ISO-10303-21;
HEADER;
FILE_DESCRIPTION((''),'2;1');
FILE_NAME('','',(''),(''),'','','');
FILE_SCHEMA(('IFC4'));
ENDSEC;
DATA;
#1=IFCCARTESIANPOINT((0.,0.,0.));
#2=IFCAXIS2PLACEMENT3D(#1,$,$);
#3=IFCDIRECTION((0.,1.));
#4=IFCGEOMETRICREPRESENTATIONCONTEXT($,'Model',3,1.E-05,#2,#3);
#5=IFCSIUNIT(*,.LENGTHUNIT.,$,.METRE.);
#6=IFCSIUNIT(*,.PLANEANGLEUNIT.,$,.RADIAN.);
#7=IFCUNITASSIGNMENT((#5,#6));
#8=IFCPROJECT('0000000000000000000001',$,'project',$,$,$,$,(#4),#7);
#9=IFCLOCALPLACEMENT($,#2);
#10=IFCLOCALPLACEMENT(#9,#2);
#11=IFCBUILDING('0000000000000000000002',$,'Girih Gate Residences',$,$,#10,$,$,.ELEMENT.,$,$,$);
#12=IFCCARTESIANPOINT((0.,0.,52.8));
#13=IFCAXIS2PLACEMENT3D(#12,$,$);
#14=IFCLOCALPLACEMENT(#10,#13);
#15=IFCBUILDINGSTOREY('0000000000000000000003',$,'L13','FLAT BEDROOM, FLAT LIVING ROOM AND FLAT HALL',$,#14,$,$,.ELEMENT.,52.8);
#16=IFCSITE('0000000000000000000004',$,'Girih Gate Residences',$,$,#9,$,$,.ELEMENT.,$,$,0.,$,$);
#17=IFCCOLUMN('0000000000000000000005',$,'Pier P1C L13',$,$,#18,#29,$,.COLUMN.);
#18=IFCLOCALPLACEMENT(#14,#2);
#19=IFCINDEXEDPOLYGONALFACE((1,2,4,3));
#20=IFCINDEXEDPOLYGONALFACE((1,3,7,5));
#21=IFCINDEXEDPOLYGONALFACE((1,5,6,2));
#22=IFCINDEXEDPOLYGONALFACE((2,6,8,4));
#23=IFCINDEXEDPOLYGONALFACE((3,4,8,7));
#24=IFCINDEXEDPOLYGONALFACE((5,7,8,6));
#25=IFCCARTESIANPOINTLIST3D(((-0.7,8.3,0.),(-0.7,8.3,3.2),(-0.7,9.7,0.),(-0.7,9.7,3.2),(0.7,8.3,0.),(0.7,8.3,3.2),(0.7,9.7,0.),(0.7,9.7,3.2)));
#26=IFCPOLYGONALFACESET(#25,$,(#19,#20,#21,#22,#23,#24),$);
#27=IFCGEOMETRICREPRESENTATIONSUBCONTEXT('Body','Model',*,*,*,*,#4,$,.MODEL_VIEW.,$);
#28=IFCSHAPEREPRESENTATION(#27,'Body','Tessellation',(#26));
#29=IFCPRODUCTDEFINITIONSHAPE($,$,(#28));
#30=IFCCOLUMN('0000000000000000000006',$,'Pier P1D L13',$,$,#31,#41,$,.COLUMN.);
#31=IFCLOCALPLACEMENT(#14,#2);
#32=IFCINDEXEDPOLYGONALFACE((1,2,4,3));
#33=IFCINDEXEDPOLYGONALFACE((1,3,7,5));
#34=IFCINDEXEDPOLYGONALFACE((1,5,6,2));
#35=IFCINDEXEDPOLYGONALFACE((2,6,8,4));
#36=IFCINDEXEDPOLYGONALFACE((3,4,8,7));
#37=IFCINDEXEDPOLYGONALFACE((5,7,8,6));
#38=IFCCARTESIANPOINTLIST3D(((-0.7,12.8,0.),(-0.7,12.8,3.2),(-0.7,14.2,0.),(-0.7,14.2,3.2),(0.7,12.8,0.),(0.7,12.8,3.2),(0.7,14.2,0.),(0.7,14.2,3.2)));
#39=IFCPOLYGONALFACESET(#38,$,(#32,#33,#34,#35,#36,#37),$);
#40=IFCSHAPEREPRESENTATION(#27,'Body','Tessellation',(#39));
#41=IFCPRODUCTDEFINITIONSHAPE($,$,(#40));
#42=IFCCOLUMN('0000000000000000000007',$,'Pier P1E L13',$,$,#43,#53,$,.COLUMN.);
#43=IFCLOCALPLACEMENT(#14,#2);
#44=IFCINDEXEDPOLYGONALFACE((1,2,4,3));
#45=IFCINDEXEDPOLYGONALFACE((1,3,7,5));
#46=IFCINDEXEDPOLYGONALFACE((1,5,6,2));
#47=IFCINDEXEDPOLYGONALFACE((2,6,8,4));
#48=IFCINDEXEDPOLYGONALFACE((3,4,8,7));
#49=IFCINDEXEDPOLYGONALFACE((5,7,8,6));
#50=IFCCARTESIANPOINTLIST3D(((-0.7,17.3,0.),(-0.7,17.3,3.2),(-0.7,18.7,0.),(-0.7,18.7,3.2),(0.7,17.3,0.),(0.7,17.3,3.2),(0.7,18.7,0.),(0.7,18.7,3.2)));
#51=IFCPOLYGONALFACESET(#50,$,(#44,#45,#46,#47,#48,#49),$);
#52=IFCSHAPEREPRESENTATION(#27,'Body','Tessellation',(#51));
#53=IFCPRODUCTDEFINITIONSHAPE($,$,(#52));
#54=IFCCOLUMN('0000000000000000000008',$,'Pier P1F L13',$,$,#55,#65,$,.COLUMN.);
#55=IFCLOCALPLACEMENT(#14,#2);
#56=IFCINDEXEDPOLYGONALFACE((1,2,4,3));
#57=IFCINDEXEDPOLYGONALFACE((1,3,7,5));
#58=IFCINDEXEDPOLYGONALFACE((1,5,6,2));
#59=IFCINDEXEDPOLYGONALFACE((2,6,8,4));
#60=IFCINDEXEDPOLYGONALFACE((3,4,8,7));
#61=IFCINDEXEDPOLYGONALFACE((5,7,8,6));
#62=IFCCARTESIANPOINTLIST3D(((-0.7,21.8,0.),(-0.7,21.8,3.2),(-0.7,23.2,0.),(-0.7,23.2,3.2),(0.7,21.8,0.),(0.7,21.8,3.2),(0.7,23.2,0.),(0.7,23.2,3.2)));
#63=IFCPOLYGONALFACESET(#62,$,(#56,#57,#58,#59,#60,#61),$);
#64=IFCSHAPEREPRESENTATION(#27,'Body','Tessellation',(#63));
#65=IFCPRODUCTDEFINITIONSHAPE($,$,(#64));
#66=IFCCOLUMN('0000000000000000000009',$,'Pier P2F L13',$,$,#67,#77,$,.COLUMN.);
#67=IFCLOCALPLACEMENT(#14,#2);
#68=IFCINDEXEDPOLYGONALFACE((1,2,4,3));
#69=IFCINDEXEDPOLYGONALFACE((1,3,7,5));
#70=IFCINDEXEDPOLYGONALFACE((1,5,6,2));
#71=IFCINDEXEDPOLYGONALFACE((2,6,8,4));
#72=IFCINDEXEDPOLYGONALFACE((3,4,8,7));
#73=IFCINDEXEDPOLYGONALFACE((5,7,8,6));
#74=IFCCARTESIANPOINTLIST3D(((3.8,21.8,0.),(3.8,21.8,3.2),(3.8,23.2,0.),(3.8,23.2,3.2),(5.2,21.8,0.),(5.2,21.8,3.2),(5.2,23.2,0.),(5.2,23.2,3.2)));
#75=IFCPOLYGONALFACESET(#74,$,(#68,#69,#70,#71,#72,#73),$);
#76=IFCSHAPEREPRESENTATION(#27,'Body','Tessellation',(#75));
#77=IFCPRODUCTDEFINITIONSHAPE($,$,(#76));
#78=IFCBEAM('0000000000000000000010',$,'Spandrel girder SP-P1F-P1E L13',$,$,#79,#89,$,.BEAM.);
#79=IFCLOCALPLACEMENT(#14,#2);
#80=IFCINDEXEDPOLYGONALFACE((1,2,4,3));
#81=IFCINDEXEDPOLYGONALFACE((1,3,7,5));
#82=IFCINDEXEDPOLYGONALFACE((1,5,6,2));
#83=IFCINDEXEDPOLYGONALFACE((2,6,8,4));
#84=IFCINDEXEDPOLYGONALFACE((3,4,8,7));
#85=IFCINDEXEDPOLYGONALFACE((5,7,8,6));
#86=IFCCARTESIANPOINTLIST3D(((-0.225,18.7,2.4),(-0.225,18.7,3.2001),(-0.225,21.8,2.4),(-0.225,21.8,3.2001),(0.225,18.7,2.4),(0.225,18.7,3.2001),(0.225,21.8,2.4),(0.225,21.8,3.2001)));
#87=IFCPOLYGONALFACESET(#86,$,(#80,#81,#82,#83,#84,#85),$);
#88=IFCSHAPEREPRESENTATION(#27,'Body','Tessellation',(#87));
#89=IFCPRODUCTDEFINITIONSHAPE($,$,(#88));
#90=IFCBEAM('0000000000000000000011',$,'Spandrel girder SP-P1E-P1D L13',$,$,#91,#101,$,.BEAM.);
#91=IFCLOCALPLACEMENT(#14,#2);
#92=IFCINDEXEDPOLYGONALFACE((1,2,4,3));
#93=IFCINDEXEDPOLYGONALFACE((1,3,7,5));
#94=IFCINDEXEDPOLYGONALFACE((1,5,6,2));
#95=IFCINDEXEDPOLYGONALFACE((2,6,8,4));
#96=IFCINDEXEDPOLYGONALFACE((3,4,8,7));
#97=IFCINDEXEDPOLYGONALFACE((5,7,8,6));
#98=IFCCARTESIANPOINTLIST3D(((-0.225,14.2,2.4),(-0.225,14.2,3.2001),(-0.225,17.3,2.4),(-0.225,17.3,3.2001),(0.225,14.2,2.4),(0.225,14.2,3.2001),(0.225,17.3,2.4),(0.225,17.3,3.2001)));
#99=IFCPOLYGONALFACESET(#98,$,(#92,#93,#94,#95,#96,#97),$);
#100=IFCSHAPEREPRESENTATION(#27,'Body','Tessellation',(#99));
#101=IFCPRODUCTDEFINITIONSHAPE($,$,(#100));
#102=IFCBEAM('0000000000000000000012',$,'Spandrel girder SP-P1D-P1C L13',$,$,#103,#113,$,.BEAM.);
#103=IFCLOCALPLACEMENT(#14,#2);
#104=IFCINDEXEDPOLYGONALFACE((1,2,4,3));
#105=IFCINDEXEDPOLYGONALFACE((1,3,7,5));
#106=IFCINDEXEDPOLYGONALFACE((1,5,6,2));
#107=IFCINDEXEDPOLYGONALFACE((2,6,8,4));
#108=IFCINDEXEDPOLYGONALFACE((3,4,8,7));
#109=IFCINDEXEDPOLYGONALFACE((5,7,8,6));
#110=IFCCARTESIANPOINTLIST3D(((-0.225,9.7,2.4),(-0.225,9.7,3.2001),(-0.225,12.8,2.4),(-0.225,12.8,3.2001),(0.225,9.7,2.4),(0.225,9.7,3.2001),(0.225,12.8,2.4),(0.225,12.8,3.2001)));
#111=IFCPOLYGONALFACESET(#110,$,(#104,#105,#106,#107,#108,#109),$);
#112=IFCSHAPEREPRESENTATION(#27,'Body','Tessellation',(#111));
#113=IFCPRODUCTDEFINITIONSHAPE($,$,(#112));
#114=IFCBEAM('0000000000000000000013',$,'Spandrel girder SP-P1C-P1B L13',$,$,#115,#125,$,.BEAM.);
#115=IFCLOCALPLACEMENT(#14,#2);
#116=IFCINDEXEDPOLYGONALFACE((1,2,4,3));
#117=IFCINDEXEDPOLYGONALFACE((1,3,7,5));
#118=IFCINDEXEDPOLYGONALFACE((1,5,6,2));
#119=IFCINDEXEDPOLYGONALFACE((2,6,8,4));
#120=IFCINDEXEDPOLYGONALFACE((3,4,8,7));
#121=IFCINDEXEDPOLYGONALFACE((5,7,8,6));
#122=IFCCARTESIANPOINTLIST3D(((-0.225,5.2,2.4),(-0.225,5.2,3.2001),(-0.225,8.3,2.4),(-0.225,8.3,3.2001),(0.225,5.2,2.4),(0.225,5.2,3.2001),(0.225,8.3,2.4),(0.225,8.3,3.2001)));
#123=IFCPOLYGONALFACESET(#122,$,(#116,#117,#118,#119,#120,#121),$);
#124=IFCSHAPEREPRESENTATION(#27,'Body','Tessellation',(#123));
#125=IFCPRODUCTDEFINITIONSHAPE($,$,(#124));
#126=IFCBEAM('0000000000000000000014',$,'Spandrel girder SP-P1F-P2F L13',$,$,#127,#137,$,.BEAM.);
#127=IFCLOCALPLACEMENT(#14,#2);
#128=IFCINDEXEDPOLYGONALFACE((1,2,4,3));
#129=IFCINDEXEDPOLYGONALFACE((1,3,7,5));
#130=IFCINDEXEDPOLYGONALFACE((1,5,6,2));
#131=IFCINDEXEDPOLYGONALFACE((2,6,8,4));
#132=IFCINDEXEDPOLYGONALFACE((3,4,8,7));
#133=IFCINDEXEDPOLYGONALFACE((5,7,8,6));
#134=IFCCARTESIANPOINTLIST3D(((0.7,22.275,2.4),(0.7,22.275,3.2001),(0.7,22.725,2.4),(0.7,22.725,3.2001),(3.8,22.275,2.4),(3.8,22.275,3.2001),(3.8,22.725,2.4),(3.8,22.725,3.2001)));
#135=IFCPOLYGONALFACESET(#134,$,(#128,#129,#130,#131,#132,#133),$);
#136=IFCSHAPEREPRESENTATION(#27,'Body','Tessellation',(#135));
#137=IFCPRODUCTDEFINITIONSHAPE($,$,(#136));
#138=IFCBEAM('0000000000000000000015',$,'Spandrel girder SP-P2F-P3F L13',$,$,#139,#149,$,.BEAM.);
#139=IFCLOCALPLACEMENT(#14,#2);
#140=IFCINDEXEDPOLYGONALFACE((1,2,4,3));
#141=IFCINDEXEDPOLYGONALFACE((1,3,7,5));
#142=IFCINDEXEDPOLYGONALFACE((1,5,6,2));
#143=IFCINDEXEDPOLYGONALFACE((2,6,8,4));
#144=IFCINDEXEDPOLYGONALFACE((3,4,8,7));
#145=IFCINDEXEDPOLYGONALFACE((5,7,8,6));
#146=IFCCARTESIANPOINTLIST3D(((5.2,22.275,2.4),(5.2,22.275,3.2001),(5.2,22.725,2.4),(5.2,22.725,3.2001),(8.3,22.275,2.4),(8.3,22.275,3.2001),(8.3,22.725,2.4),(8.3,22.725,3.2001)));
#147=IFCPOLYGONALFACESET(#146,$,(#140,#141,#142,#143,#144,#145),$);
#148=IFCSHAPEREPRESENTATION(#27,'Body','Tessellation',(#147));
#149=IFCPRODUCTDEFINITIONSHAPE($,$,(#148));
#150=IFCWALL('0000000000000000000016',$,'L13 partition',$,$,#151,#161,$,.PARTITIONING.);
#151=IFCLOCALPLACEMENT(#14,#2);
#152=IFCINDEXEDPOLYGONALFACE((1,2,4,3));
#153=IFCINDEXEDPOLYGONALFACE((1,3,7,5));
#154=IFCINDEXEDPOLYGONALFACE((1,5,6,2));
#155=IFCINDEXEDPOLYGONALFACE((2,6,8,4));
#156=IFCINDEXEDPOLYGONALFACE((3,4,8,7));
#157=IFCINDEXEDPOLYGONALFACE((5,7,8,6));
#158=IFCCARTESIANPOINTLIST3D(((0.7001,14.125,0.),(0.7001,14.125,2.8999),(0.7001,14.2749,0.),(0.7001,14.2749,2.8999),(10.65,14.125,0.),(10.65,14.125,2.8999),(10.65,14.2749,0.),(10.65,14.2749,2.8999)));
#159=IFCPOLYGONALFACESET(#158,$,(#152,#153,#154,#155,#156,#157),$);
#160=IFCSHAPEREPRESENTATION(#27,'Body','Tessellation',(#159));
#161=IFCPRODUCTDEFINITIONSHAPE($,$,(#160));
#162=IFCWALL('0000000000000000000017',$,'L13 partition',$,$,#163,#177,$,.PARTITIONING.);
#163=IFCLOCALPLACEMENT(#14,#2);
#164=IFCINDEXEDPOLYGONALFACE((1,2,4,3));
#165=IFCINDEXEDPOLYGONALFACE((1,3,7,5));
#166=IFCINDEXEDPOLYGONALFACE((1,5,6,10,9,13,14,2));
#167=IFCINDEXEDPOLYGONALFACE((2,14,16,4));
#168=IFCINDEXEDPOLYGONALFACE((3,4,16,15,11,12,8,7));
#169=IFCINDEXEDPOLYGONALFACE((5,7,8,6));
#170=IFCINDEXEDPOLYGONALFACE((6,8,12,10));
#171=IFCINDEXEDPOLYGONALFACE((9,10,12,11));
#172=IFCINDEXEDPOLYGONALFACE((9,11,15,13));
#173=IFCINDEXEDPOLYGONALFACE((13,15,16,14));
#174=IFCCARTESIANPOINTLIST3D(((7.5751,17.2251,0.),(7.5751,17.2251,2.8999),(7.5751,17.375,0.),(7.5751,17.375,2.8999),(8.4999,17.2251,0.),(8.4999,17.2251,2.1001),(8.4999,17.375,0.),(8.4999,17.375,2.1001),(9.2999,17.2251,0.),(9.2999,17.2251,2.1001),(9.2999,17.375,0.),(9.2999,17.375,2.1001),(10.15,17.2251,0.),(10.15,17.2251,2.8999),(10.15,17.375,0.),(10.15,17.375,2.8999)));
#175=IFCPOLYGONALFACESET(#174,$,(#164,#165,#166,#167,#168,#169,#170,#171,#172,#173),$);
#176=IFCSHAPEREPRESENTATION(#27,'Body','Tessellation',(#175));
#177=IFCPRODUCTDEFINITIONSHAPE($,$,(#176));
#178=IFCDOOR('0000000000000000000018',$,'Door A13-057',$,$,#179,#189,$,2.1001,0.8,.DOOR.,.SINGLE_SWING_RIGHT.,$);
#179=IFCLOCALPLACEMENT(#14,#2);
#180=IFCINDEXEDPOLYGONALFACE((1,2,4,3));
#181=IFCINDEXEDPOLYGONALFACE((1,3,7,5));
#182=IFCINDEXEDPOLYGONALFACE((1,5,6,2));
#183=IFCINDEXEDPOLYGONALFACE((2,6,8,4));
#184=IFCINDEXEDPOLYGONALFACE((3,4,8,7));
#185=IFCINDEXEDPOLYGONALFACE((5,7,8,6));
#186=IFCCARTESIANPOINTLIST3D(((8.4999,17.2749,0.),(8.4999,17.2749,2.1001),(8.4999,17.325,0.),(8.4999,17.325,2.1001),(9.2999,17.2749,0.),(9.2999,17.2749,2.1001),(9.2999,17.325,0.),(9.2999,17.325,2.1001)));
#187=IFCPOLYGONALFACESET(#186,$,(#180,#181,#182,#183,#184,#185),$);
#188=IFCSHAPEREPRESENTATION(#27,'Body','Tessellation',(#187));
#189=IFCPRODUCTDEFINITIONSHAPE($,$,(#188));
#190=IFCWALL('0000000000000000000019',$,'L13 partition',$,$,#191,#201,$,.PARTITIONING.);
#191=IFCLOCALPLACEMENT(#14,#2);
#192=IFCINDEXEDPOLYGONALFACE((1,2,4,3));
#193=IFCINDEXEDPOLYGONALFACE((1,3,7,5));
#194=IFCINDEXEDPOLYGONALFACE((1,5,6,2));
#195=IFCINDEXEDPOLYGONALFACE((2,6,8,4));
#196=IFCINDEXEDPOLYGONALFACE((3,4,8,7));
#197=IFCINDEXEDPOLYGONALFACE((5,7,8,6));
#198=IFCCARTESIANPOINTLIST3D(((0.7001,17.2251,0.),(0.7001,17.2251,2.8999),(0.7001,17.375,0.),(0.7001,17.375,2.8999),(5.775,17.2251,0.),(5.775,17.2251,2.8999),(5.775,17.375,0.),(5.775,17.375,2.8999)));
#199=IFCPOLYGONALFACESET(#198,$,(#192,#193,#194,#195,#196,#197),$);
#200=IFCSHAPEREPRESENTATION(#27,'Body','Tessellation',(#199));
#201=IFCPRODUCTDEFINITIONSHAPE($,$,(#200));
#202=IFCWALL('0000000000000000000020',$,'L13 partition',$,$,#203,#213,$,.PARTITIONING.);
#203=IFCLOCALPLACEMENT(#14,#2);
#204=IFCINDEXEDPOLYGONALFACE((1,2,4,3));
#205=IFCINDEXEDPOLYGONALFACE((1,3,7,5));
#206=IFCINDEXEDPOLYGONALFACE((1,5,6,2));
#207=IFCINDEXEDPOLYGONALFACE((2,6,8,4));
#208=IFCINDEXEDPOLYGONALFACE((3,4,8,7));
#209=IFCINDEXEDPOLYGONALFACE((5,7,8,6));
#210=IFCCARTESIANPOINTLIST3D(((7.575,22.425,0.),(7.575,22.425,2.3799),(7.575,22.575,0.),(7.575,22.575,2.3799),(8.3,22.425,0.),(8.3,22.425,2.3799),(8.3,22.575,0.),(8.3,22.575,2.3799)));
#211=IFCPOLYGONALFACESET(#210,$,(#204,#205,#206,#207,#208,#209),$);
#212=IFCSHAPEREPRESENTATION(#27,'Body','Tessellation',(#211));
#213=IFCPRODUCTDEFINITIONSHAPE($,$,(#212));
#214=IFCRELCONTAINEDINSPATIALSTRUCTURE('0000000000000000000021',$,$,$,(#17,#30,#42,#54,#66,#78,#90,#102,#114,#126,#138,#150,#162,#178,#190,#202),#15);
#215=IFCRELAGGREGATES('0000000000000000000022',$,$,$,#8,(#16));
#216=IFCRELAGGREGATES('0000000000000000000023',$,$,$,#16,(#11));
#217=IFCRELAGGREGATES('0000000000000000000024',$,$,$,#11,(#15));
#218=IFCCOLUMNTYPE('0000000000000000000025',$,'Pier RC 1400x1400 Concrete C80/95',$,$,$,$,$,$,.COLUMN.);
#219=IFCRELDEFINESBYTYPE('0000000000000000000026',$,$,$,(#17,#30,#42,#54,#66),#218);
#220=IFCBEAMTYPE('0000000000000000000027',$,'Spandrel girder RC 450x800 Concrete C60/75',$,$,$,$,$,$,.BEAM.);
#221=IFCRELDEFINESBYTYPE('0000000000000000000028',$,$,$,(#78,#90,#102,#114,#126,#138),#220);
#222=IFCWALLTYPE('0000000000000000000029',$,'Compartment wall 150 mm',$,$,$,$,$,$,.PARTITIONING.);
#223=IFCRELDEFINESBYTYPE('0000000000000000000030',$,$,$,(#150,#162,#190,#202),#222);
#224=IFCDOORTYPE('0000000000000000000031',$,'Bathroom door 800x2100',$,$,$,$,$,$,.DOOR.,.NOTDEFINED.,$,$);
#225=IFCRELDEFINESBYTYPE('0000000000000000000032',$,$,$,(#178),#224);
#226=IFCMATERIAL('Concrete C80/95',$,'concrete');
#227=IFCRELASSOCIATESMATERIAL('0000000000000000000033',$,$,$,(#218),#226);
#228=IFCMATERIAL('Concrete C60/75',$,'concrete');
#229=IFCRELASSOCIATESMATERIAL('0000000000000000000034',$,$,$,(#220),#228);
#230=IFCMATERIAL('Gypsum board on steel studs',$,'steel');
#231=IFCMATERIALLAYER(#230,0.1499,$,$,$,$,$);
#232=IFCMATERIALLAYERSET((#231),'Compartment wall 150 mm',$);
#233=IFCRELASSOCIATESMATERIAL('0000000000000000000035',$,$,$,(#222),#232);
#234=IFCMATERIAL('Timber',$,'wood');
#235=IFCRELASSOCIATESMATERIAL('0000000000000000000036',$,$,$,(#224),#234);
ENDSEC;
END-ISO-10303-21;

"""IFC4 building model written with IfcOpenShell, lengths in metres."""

from ifc_helpers import new_model, si_unit, direction, frame, frame_2d, origin, origin_2d, place, context, subcontext, project, spatial, rectangle, extrude, material, layer, layer_set, material_profile, profile_set, type_object, element, fill, save


model = new_model("IFC4")

# Units and contexts
model_context = context("Model", 3, precision=1e-05, world=origin(), true_north=direction((0.0, 1.0)))
body_context = subcontext(model_context, "Body", "Model", "MODEL_VIEW")
ifc_project = project(units=[si_unit("LENGTHUNIT", "METRE"), si_unit("PLANEANGLEUNIT", "RADIAN")], contexts=[model_context])

# Site, building, storey
site_placement = place(None, origin())
site = spatial("IfcSite", under=ifc_project, at=site_placement, Name="Girih Gate Residences", CompositionType="ELEMENT", RefElevation=0.0)
building_placement = place(site_placement, origin())
building = spatial("IfcBuilding", under=site, at=building_placement, Name="Girih Gate Residences", CompositionType="ELEMENT")
storey_placement = place(building_placement, frame((0.0, 0.0, 52.8)))
storey = spatial("IfcBuildingStorey", under=building, at=storey_placement, Name="L13", Description="FLAT BEDROOM, FLAT LIVING ROOM AND FLAT HALL", CompositionType="ELEMENT", Elevation=52.8)

# Columns
ifc_material_1 = material(Name="Concrete C80/95", Category="concrete")
ifc_material_profile_1 = material_profile(ifc_material_1, rectangle(XDim=1.3999, YDim=1.3999, at=origin_2d()))
ifc_profile_set_1 = profile_set([ifc_material_profile_1], Name="Concrete C80/95")
column_type = type_object("IfcColumnType", Name="Pier RC 1400x1400 Concrete C80/95", PredefinedType="COLUMN", material=ifc_profile_set_1)
for number, where, z_axis, x_axis, name in (
    (1, (0.0, 9.0, 0.0), (0.0, 0.0, 1.0), (1.0, 0.0, 0.0), "Pier P1C L13"),
    (2, (0.0, 13.5, 0.0), (0.0, 0.0, 1.0), (1.0, 0.0, 0.0), "Pier P1D L13"),
    (3, (0.0, 18.0, 0.0), (0.0, 0.0, 1.0), (1.0, 0.0, 0.0), "Pier P1E L13"),
    (4, (0.0, 22.5, 0.0), (0.0, 0.0, 1.0), (1.0, 0.0, 0.0), "Pier P1F L13"),
    (5, (4.5, 22.5, 0.0), (0.0, 0.0, 1.0), (1.0, 0.0, 0.0), "Pier P2F L13"),
):
    element("IfcColumn", number, at=place(storey_placement, frame(where, z_axis=z_axis, x_axis=x_axis)), inside=storey, type_object=column_type, Name=name, PredefinedType="COLUMN", context=body_context, shape_type="SweptSolid", body=[
        extrude(rectangle(XDim=1.3999, YDim=1.3999, at=origin_2d()), origin(), (0.0, 0.0, 1.0), 3.2),
    ])

# Beams
ifc_material_2 = material(Name="Concrete C60/75", Category="concrete")
ifc_material_profile_2 = material_profile(ifc_material_2, rectangle(XDim=0.45, YDim=0.8, at=origin_2d()))
ifc_profile_set_2 = profile_set([ifc_material_profile_2], Name="Concrete C60/75")
beam_type = type_object("IfcBeamType", Name="Spandrel girder RC 450x800 Concrete C60/75", PredefinedType="BEAM", material=ifc_profile_set_2)
for number, where, z_axis, x_axis, name in (
    (6, (0.0, 21.8, 2.8), (0.0, -1.0, 0.0), (1.0, 0.0, 0.0), "Spandrel girder SP-P1F-P1E L13"),
    (7, (0.0, 17.3, 2.8), (0.0, -1.0, 0.0), (1.0, 0.0, 0.0), "Spandrel girder SP-P1E-P1D L13"),
    (8, (0.0, 12.8, 2.8), (0.0, -1.0, 0.0), (1.0, 0.0, 0.0), "Spandrel girder SP-P1D-P1C L13"),
    (9, (0.0, 8.3, 2.8), (0.0, -1.0, 0.0), (1.0, 0.0, 0.0), "Spandrel girder SP-P1C-P1B L13"),
    (10, (0.7, 22.5, 2.8), (1.0, 0.0, 0.0), (0.0, 1.0, 0.0), "Spandrel girder SP-P1F-P2F L13"),
    (11, (5.2, 22.5, 2.8), (1.0, 0.0, 0.0), (0.0, 1.0, 0.0), "Spandrel girder SP-P2F-P3F L13"),
):
    element("IfcBeam", number, at=place(storey_placement, frame(where, z_axis=z_axis, x_axis=x_axis)), inside=storey, type_object=beam_type, Name=name, PredefinedType="BEAM", context=body_context, shape_type="SweptSolid", body=[
        extrude(rectangle(XDim=0.45, YDim=0.8, at=origin_2d()), origin(), (0.0, 0.0, 1.0), 3.1001),
    ])

# Wall
ifc_material_3 = material(Name="Gypsum board on steel studs", Category="steel")
ifc_layer_1 = layer(ifc_material_3, 0.1499)
ifc_layer_set_1 = layer_set([ifc_layer_1], Name="Compartment wall 150 mm")
wall_type_1 = type_object("IfcWallType", Name="Compartment wall 150 mm", PredefinedType="PARTITIONING", material=ifc_layer_set_1)
wall_1_placement = place(storey_placement, frame((0.7, 14.2, 0.0), z_axis=(0.0, 0.0, 1.0), x_axis=(1.0, 0.0, 0.0)))
element("IfcWall", 12, at=wall_1_placement, inside=storey, type_object=wall_type_1, Name="L13 partition", PredefinedType="PARTITIONING", context=body_context, shape_type="SweptSolid", body=[
    extrude(rectangle(XDim=9.95, YDim=0.1499, at=frame_2d((4.9751, 0.0))), origin(), (0.0, 0.0, 1.0), 2.8999),
])

# Wall, opening, door
wall_2_placement = place(storey_placement, frame((7.575, 17.3, 0.0), z_axis=(0.0, 0.0, 1.0), x_axis=(1.0, 0.0, 0.0)))
wall_2 = element("IfcWall", 13, at=wall_2_placement, inside=storey, type_object=wall_type_1, Name="L13 partition", PredefinedType="PARTITIONING", context=body_context, shape_type="SweptSolid", body=[
    extrude(rectangle(XDim=2.575, YDim=0.1499, at=frame_2d((1.2876, 0.0))), origin(), (0.0, 0.0, 1.0), 2.8999),
])
opening_1_placement = place(wall_2_placement, frame((0.925, 0.0, 0.0)))
opening_1 = element("IfcOpeningElement", 14, at=opening_1_placement, cuts=wall_2, PredefinedType="OPENING", context=body_context, shape_type="SweptSolid", body=[
    extrude(rectangle(XDim=0.8, YDim=2.1001, at=frame_2d((0.3999, 1.05))), frame((0.0, 0.085, 0.0), z_axis=(0.0, -1.0, 0.0), x_axis=(1.0, 0.0, 0.0)), (0.0, 0.0, 1.0), 0.1699),
])
ifc_material_4 = material(Name="Timber", Category="wood")
door_type_1 = type_object("IfcDoorType", Name="Bathroom door 800x2100", OperationType="NOTDEFINED", PredefinedType="DOOR", material=ifc_material_4)
door_1_placement = place(opening_1_placement, origin())
door_1 = element("IfcDoor", 15, at=door_1_placement, inside=storey, type_object=door_type_1, Name="Door A13-057", OperationType="SINGLE_SWING_RIGHT", OverallHeight=2.1001, OverallWidth=0.8, PredefinedType="DOOR", context=body_context, shape_type="SweptSolid", body=[
    extrude(rectangle(XDim=0.8, YDim=2.1001, at=frame_2d((0.3999, 1.05))), frame((0.0, 0.0249, 0.0), z_axis=(0.0, -1.0, 0.0), x_axis=(1.0, 0.0, 0.0)), (0.0, 0.0, 1.0), 0.05),
])
fill(opening_1, door_1)

# Walls
wall_3_placement = place(storey_placement, frame((0.7, 17.3, 0.0), z_axis=(0.0, 0.0, 1.0), x_axis=(1.0, 0.0, 0.0)))
element("IfcWall", 16, at=wall_3_placement, inside=storey, type_object=wall_type_1, Name="L13 partition", PredefinedType="PARTITIONING", context=body_context, shape_type="SweptSolid", body=[
    extrude(rectangle(XDim=5.075, YDim=0.1499, at=frame_2d((2.5376, 0.0))), origin(), (0.0, 0.0, 1.0), 2.8999),
])
wall_4_placement = place(storey_placement, frame((7.575, 22.5, 0.0), z_axis=(0.0, 0.0, 1.0), x_axis=(1.0, 0.0, 0.0)))
element("IfcWall", 17, at=wall_4_placement, inside=storey, type_object=wall_type_1, Name="L13 partition", PredefinedType="PARTITIONING", context=body_context, shape_type="SweptSolid", body=[
    extrude(rectangle(XDim=0.7251, YDim=0.1499, at=frame_2d((0.3625, 0.0))), origin(), (0.0, 0.0, 1.0), 2.3799),
])

save(model, "model.ifc")
